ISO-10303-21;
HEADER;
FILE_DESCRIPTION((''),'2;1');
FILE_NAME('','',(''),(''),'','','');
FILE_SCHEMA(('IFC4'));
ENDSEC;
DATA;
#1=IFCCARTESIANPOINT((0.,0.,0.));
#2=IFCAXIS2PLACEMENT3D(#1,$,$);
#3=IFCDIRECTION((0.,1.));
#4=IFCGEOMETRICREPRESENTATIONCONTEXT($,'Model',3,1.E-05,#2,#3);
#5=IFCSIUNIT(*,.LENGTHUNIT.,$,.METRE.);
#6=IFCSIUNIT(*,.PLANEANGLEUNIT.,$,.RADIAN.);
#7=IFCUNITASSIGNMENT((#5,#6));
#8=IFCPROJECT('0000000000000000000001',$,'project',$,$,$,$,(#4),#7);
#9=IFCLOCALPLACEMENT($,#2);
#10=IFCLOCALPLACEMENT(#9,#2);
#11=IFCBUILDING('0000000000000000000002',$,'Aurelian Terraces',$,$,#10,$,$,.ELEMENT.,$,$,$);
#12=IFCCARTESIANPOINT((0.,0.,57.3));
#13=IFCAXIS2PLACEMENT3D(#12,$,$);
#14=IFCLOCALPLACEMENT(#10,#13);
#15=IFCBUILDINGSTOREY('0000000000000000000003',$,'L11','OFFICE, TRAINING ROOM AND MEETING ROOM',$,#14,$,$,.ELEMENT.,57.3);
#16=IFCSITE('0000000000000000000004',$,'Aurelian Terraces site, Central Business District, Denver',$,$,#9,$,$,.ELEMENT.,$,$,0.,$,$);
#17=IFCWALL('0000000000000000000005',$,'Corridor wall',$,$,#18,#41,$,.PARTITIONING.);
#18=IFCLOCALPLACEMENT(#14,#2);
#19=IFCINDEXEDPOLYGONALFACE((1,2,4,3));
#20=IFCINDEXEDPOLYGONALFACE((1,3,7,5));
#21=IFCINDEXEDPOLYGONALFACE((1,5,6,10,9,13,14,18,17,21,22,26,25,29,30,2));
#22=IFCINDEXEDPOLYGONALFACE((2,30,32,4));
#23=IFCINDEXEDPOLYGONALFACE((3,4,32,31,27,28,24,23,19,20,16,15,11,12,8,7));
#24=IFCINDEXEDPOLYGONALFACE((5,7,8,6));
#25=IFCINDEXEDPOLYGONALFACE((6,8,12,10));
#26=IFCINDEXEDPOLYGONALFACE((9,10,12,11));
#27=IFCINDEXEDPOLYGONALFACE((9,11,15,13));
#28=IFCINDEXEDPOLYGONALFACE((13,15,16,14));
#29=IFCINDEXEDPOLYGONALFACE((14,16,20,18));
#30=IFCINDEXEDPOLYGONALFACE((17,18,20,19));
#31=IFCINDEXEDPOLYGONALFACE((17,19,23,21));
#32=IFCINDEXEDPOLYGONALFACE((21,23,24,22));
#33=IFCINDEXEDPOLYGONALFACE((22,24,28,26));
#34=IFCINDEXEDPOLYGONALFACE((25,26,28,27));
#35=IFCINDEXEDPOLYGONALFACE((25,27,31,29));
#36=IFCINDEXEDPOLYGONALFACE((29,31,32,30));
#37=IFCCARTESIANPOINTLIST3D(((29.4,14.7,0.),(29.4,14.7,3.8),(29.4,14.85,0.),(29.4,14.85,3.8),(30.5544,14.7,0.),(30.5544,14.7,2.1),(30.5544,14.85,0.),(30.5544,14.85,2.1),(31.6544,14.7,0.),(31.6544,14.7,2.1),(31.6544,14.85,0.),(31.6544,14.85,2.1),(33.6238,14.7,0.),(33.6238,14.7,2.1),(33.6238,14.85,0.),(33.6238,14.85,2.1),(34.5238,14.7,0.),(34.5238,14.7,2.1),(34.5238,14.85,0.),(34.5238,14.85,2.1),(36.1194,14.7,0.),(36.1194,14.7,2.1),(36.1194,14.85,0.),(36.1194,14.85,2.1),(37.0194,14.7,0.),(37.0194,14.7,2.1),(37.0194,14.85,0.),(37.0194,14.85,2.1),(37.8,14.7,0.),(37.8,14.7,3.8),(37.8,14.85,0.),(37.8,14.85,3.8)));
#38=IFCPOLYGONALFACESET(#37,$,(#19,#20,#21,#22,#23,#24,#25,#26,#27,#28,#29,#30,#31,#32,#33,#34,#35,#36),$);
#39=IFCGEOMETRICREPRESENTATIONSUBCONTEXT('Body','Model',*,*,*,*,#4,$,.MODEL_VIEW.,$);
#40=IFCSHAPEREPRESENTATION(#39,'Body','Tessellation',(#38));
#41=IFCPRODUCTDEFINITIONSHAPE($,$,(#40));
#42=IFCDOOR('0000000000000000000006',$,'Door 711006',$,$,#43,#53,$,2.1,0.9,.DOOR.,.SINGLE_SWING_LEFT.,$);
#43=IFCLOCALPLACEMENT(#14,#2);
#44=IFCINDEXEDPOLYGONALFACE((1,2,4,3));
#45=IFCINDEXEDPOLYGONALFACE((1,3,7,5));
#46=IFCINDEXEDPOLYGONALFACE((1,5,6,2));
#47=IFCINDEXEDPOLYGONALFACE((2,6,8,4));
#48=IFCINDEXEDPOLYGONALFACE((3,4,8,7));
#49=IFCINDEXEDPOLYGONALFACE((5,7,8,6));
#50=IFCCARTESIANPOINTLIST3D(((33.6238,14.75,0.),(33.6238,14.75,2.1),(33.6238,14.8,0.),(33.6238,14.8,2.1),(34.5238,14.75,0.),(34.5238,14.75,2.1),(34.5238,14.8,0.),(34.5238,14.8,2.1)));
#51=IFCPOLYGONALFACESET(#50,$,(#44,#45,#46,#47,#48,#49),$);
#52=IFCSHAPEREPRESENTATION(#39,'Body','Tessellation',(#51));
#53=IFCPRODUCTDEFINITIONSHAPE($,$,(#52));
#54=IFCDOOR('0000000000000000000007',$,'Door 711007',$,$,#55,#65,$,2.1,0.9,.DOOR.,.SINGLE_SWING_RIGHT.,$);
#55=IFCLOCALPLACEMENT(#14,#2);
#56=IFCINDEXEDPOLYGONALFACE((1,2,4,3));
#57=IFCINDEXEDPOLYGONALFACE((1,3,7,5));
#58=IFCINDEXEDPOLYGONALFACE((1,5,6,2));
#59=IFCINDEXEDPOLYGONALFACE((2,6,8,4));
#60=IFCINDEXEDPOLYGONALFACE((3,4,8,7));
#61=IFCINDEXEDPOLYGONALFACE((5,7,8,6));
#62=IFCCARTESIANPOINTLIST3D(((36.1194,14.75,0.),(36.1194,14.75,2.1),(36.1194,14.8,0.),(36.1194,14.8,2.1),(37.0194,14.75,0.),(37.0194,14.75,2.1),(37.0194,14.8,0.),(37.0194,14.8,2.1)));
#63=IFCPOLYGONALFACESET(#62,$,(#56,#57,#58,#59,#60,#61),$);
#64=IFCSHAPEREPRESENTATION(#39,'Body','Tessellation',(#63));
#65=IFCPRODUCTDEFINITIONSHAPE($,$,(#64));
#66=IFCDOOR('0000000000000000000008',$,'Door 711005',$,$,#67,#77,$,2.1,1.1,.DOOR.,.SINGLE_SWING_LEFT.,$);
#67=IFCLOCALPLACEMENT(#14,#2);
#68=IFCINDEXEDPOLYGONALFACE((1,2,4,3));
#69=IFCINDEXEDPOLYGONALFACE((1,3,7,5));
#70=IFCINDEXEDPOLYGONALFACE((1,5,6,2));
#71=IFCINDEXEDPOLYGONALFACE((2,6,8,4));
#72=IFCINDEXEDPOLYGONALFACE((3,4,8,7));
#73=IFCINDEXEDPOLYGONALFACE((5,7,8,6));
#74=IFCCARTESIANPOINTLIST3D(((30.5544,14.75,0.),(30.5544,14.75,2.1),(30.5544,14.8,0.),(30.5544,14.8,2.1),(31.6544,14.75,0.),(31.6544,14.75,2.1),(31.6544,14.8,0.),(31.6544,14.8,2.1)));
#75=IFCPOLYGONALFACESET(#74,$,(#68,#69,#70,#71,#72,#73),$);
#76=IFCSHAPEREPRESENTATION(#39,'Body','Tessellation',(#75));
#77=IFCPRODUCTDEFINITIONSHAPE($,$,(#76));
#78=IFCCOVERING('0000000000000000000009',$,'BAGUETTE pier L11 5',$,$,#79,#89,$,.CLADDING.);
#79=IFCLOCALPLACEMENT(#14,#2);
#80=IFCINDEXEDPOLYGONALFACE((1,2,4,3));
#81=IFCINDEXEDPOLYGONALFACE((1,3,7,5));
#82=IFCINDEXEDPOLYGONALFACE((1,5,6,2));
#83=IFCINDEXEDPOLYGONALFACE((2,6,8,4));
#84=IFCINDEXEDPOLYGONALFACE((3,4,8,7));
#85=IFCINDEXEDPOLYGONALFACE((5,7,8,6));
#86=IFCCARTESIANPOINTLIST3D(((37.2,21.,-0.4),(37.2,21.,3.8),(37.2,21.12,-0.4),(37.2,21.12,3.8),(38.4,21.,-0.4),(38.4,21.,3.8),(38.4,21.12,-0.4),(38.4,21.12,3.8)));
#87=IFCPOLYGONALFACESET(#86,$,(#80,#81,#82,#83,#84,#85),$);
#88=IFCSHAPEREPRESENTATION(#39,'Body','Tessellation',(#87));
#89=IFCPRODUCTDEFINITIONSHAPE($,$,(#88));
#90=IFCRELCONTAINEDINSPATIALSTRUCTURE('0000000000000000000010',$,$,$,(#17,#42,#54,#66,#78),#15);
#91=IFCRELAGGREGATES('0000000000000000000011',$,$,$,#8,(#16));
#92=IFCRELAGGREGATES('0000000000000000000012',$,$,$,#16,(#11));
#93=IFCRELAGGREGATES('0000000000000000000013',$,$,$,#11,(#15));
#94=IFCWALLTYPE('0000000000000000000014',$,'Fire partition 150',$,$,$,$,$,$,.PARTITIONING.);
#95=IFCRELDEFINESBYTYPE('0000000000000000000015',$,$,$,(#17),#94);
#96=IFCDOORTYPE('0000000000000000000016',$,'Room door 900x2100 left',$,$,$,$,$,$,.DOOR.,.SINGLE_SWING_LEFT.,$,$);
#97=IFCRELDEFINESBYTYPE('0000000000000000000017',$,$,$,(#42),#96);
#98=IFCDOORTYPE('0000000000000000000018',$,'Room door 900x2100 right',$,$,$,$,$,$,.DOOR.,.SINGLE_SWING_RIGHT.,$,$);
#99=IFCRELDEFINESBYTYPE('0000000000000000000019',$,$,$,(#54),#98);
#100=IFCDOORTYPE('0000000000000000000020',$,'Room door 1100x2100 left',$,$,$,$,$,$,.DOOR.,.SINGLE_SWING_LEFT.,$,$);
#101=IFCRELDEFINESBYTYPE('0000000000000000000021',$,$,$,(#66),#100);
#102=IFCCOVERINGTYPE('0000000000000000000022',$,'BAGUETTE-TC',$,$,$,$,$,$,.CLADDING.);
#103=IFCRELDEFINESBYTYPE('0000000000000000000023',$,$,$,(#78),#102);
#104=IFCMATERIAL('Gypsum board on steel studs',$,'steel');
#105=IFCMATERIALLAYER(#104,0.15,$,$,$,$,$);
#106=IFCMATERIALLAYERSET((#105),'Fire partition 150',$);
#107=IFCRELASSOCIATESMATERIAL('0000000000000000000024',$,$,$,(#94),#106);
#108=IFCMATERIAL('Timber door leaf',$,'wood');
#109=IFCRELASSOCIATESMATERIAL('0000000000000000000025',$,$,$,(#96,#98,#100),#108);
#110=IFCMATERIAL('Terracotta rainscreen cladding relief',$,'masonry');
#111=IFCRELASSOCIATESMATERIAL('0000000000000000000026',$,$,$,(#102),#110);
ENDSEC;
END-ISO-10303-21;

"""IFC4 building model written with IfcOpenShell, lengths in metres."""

from ifc_helpers import new_model, si_unit, direction, frame, frame_2d, origin, origin_2d, place, context, subcontext, project, spatial, rectangle, extrude, source, transform, mapped, material, layer, layer_set, type_object, element, fill, save


model = new_model("IFC4")

# Units and contexts
model_context = context("Model", 3, precision=1e-05, world=origin(), true_north=direction((0.0, 1.0)))
body_context = subcontext(model_context, "Body", "Model", "MODEL_VIEW")
ifc_project = project(units=[si_unit("LENGTHUNIT", "METRE"), si_unit("PLANEANGLEUNIT", "RADIAN")], contexts=[model_context])

# Site, building, storey
site_placement = place(None, origin())
site = spatial("IfcSite", under=ifc_project, at=site_placement, Name="Aurelian Terraces site, Central Business District, Denver", CompositionType="ELEMENT", RefElevation=0.0)
building_placement = place(site_placement, origin())
building = spatial("IfcBuilding", under=site, at=building_placement, Name="Aurelian Terraces", CompositionType="ELEMENT")
storey_placement = place(building_placement, frame((0.0, 0.0, 57.3)))
storey = spatial("IfcBuildingStorey", under=building, at=storey_placement, Name="L11", Description="OFFICE, TRAINING ROOM AND MEETING ROOM", CompositionType="ELEMENT", Elevation=57.3)

# Shared definitions
ifc_material_1 = material(Name="Timber door leaf", Category="wood")

# Shared definitions
ifc_material_2 = material(Name="Gypsum board on steel studs", Category="steel")

# Wall, openings, doors
ifc_layer_1 = layer(ifc_material_2, 0.15)
ifc_layer_set_1 = layer_set([ifc_layer_1], Name="Fire partition 150")
wall_type_1 = type_object("IfcWallType", Name="Fire partition 150", PredefinedType="PARTITIONING", material=ifc_layer_set_1)
shared_shape_1 = source(origin(), body_context, "Body", "SweptSolid", [
    extrude(rectangle(XDim=8.4, YDim=0.15, at=frame_2d((4.2, 0.0))), origin(), (0.0, 0.0, 1.0), 3.8),
])
wall_1_placement = place(storey_placement, frame((37.8, 14.775, 0.0), z_axis=(0.0, 0.0, 1.0), x_axis=(-1.0, 0.0, 0.0)))
wall_1 = element("IfcWall", 1, at=wall_1_placement, inside=storey, type_object=wall_type_1, Name="Corridor wall", PredefinedType="PARTITIONING", context=body_context, shape_type="MappedRepresentation", body=[
    mapped(shared_shape_1, transform((0.0, 0.0, 0.0), scale=1.0)),
])
shared_shape_2 = source(origin(), body_context, "Body", "SweptSolid", [
    extrude(rectangle(XDim=1.1, YDim=2.1, at=frame_2d((0.55, 1.05))), frame((0.0, 0.085, 0.0), z_axis=(0.0, -1.0, 0.0), x_axis=(1.0, 0.0, 0.0)), (0.0, 0.0, 1.0), 0.17),
])
opening_1_placement = place(wall_1_placement, frame((6.1456, 0.0, 0.0)))
opening_1 = element("IfcOpeningElement", 2, at=opening_1_placement, cuts=wall_1, PredefinedType="OPENING", context=body_context, shape_type="MappedRepresentation", body=[
    mapped(shared_shape_2, transform((0.0, 0.0, 0.0), scale=1.0)),
])
shared_shape_3 = source(origin(), body_context, "Body", "SweptSolid", [
    extrude(rectangle(XDim=0.9, YDim=2.1, at=frame_2d((0.45, 1.05))), frame((0.0, 0.085, 0.0), z_axis=(0.0, -1.0, 0.0), x_axis=(1.0, 0.0, 0.0)), (0.0, 0.0, 1.0), 0.17),
])
opening_2_placement = place(wall_1_placement, frame((3.2762, 0.0, 0.0)))
opening_2 = element("IfcOpeningElement", 3, at=opening_2_placement, cuts=wall_1, PredefinedType="OPENING", context=body_context, shape_type="MappedRepresentation", body=[
    mapped(shared_shape_3, transform((0.0, 0.0, 0.0), scale=1.0)),
])
opening_3_placement = place(wall_1_placement, frame((0.7806, 0.0, 0.0)))
opening_3 = element("IfcOpeningElement", 4, at=opening_3_placement, cuts=wall_1, PredefinedType="OPENING", context=body_context, shape_type="MappedRepresentation", body=[
    mapped(shared_shape_3, transform((0.0, 0.0, 0.0), scale=1.0)),
])
door_type_1 = type_object("IfcDoorType", Name="Room door 900x2100 left", OperationType="SINGLE_SWING_LEFT", PredefinedType="DOOR", material=ifc_material_1)
shared_shape_4 = source(origin(), body_context, "Body", "SweptSolid", [
    extrude(rectangle(XDim=0.9, YDim=2.1, at=frame_2d((0.45, 1.05))), frame((0.0, 0.025, 0.0), z_axis=(0.0, -1.0, 0.0), x_axis=(1.0, 0.0, 0.0)), (0.0, 0.0, 1.0), 0.05),
])
door_1_placement = place(opening_2_placement, origin())
door_1 = element("IfcDoor", 5, at=door_1_placement, inside=storey, type_object=door_type_1, Name="Door 711006", OperationType="SINGLE_SWING_LEFT", OverallHeight=2.1, OverallWidth=0.9, PredefinedType="DOOR", context=body_context, shape_type="MappedRepresentation", body=[
    mapped(shared_shape_4, transform((0.0, 0.0, 0.0), scale=1.0)),
])
fill(opening_2, door_1)
door_type_2 = type_object("IfcDoorType", Name="Room door 900x2100 right", OperationType="SINGLE_SWING_RIGHT", PredefinedType="DOOR", material=ifc_material_1)
door_2_placement = place(opening_3_placement, origin())
door_2 = element("IfcDoor", 6, at=door_2_placement, inside=storey, type_object=door_type_2, Name="Door 711007", OperationType="SINGLE_SWING_RIGHT", OverallHeight=2.1, OverallWidth=0.9, PredefinedType="DOOR", context=body_context, shape_type="MappedRepresentation", body=[
    mapped(shared_shape_4, transform((0.0, 0.0, 0.0), scale=1.0)),
])
fill(opening_3, door_2)
door_type_3 = type_object("IfcDoorType", Name="Room door 1100x2100 left", OperationType="SINGLE_SWING_LEFT", PredefinedType="DOOR", material=ifc_material_1)
shared_shape_5 = source(origin(), body_context, "Body", "SweptSolid", [
    extrude(rectangle(XDim=1.1, YDim=2.1, at=frame_2d((0.55, 1.05))), frame((0.0, 0.025, 0.0), z_axis=(0.0, -1.0, 0.0), x_axis=(1.0, 0.0, 0.0)), (0.0, 0.0, 1.0), 0.05),
])
door_3_placement = place(opening_1_placement, origin())
door_3 = element("IfcDoor", 7, at=door_3_placement, inside=storey, type_object=door_type_3, Name="Door 711005", OperationType="SINGLE_SWING_LEFT", OverallHeight=2.1, OverallWidth=1.1, PredefinedType="DOOR", context=body_context, shape_type="MappedRepresentation", body=[
    mapped(shared_shape_5, transform((0.0, 0.0, 0.0), scale=1.0)),
])
fill(opening_1, door_3)

# Covering
ifc_material_3 = material(Name="Terracotta rainscreen cladding relief", Category="masonry")
covering_type = type_object("IfcCoveringType", Name="BAGUETTE-TC", PredefinedType="CLADDING", material=ifc_material_3)
shared_shape_6 = source(origin(), body_context, "Body", "SweptSolid", [
    extrude(rectangle(XDim=1.2, YDim=0.12, at=origin_2d()), origin(), (0.0, 0.0, 1.0), 4.2),
])
covering_placement = place(storey_placement, frame((37.8, 21.06, -0.4), z_axis=(0.0, 0.0, 1.0), x_axis=(1.0, 0.0, 0.0)))
element("IfcCovering", 8, at=covering_placement, inside=storey, type_object=covering_type, Name="BAGUETTE pier L11 5", PredefinedType="CLADDING", context=body_context, shape_type="MappedRepresentation", body=[
    mapped(shared_shape_6, transform((0.0, 0.0, 0.0), scale=1.0)),
])

save(model, "model.ifc")
